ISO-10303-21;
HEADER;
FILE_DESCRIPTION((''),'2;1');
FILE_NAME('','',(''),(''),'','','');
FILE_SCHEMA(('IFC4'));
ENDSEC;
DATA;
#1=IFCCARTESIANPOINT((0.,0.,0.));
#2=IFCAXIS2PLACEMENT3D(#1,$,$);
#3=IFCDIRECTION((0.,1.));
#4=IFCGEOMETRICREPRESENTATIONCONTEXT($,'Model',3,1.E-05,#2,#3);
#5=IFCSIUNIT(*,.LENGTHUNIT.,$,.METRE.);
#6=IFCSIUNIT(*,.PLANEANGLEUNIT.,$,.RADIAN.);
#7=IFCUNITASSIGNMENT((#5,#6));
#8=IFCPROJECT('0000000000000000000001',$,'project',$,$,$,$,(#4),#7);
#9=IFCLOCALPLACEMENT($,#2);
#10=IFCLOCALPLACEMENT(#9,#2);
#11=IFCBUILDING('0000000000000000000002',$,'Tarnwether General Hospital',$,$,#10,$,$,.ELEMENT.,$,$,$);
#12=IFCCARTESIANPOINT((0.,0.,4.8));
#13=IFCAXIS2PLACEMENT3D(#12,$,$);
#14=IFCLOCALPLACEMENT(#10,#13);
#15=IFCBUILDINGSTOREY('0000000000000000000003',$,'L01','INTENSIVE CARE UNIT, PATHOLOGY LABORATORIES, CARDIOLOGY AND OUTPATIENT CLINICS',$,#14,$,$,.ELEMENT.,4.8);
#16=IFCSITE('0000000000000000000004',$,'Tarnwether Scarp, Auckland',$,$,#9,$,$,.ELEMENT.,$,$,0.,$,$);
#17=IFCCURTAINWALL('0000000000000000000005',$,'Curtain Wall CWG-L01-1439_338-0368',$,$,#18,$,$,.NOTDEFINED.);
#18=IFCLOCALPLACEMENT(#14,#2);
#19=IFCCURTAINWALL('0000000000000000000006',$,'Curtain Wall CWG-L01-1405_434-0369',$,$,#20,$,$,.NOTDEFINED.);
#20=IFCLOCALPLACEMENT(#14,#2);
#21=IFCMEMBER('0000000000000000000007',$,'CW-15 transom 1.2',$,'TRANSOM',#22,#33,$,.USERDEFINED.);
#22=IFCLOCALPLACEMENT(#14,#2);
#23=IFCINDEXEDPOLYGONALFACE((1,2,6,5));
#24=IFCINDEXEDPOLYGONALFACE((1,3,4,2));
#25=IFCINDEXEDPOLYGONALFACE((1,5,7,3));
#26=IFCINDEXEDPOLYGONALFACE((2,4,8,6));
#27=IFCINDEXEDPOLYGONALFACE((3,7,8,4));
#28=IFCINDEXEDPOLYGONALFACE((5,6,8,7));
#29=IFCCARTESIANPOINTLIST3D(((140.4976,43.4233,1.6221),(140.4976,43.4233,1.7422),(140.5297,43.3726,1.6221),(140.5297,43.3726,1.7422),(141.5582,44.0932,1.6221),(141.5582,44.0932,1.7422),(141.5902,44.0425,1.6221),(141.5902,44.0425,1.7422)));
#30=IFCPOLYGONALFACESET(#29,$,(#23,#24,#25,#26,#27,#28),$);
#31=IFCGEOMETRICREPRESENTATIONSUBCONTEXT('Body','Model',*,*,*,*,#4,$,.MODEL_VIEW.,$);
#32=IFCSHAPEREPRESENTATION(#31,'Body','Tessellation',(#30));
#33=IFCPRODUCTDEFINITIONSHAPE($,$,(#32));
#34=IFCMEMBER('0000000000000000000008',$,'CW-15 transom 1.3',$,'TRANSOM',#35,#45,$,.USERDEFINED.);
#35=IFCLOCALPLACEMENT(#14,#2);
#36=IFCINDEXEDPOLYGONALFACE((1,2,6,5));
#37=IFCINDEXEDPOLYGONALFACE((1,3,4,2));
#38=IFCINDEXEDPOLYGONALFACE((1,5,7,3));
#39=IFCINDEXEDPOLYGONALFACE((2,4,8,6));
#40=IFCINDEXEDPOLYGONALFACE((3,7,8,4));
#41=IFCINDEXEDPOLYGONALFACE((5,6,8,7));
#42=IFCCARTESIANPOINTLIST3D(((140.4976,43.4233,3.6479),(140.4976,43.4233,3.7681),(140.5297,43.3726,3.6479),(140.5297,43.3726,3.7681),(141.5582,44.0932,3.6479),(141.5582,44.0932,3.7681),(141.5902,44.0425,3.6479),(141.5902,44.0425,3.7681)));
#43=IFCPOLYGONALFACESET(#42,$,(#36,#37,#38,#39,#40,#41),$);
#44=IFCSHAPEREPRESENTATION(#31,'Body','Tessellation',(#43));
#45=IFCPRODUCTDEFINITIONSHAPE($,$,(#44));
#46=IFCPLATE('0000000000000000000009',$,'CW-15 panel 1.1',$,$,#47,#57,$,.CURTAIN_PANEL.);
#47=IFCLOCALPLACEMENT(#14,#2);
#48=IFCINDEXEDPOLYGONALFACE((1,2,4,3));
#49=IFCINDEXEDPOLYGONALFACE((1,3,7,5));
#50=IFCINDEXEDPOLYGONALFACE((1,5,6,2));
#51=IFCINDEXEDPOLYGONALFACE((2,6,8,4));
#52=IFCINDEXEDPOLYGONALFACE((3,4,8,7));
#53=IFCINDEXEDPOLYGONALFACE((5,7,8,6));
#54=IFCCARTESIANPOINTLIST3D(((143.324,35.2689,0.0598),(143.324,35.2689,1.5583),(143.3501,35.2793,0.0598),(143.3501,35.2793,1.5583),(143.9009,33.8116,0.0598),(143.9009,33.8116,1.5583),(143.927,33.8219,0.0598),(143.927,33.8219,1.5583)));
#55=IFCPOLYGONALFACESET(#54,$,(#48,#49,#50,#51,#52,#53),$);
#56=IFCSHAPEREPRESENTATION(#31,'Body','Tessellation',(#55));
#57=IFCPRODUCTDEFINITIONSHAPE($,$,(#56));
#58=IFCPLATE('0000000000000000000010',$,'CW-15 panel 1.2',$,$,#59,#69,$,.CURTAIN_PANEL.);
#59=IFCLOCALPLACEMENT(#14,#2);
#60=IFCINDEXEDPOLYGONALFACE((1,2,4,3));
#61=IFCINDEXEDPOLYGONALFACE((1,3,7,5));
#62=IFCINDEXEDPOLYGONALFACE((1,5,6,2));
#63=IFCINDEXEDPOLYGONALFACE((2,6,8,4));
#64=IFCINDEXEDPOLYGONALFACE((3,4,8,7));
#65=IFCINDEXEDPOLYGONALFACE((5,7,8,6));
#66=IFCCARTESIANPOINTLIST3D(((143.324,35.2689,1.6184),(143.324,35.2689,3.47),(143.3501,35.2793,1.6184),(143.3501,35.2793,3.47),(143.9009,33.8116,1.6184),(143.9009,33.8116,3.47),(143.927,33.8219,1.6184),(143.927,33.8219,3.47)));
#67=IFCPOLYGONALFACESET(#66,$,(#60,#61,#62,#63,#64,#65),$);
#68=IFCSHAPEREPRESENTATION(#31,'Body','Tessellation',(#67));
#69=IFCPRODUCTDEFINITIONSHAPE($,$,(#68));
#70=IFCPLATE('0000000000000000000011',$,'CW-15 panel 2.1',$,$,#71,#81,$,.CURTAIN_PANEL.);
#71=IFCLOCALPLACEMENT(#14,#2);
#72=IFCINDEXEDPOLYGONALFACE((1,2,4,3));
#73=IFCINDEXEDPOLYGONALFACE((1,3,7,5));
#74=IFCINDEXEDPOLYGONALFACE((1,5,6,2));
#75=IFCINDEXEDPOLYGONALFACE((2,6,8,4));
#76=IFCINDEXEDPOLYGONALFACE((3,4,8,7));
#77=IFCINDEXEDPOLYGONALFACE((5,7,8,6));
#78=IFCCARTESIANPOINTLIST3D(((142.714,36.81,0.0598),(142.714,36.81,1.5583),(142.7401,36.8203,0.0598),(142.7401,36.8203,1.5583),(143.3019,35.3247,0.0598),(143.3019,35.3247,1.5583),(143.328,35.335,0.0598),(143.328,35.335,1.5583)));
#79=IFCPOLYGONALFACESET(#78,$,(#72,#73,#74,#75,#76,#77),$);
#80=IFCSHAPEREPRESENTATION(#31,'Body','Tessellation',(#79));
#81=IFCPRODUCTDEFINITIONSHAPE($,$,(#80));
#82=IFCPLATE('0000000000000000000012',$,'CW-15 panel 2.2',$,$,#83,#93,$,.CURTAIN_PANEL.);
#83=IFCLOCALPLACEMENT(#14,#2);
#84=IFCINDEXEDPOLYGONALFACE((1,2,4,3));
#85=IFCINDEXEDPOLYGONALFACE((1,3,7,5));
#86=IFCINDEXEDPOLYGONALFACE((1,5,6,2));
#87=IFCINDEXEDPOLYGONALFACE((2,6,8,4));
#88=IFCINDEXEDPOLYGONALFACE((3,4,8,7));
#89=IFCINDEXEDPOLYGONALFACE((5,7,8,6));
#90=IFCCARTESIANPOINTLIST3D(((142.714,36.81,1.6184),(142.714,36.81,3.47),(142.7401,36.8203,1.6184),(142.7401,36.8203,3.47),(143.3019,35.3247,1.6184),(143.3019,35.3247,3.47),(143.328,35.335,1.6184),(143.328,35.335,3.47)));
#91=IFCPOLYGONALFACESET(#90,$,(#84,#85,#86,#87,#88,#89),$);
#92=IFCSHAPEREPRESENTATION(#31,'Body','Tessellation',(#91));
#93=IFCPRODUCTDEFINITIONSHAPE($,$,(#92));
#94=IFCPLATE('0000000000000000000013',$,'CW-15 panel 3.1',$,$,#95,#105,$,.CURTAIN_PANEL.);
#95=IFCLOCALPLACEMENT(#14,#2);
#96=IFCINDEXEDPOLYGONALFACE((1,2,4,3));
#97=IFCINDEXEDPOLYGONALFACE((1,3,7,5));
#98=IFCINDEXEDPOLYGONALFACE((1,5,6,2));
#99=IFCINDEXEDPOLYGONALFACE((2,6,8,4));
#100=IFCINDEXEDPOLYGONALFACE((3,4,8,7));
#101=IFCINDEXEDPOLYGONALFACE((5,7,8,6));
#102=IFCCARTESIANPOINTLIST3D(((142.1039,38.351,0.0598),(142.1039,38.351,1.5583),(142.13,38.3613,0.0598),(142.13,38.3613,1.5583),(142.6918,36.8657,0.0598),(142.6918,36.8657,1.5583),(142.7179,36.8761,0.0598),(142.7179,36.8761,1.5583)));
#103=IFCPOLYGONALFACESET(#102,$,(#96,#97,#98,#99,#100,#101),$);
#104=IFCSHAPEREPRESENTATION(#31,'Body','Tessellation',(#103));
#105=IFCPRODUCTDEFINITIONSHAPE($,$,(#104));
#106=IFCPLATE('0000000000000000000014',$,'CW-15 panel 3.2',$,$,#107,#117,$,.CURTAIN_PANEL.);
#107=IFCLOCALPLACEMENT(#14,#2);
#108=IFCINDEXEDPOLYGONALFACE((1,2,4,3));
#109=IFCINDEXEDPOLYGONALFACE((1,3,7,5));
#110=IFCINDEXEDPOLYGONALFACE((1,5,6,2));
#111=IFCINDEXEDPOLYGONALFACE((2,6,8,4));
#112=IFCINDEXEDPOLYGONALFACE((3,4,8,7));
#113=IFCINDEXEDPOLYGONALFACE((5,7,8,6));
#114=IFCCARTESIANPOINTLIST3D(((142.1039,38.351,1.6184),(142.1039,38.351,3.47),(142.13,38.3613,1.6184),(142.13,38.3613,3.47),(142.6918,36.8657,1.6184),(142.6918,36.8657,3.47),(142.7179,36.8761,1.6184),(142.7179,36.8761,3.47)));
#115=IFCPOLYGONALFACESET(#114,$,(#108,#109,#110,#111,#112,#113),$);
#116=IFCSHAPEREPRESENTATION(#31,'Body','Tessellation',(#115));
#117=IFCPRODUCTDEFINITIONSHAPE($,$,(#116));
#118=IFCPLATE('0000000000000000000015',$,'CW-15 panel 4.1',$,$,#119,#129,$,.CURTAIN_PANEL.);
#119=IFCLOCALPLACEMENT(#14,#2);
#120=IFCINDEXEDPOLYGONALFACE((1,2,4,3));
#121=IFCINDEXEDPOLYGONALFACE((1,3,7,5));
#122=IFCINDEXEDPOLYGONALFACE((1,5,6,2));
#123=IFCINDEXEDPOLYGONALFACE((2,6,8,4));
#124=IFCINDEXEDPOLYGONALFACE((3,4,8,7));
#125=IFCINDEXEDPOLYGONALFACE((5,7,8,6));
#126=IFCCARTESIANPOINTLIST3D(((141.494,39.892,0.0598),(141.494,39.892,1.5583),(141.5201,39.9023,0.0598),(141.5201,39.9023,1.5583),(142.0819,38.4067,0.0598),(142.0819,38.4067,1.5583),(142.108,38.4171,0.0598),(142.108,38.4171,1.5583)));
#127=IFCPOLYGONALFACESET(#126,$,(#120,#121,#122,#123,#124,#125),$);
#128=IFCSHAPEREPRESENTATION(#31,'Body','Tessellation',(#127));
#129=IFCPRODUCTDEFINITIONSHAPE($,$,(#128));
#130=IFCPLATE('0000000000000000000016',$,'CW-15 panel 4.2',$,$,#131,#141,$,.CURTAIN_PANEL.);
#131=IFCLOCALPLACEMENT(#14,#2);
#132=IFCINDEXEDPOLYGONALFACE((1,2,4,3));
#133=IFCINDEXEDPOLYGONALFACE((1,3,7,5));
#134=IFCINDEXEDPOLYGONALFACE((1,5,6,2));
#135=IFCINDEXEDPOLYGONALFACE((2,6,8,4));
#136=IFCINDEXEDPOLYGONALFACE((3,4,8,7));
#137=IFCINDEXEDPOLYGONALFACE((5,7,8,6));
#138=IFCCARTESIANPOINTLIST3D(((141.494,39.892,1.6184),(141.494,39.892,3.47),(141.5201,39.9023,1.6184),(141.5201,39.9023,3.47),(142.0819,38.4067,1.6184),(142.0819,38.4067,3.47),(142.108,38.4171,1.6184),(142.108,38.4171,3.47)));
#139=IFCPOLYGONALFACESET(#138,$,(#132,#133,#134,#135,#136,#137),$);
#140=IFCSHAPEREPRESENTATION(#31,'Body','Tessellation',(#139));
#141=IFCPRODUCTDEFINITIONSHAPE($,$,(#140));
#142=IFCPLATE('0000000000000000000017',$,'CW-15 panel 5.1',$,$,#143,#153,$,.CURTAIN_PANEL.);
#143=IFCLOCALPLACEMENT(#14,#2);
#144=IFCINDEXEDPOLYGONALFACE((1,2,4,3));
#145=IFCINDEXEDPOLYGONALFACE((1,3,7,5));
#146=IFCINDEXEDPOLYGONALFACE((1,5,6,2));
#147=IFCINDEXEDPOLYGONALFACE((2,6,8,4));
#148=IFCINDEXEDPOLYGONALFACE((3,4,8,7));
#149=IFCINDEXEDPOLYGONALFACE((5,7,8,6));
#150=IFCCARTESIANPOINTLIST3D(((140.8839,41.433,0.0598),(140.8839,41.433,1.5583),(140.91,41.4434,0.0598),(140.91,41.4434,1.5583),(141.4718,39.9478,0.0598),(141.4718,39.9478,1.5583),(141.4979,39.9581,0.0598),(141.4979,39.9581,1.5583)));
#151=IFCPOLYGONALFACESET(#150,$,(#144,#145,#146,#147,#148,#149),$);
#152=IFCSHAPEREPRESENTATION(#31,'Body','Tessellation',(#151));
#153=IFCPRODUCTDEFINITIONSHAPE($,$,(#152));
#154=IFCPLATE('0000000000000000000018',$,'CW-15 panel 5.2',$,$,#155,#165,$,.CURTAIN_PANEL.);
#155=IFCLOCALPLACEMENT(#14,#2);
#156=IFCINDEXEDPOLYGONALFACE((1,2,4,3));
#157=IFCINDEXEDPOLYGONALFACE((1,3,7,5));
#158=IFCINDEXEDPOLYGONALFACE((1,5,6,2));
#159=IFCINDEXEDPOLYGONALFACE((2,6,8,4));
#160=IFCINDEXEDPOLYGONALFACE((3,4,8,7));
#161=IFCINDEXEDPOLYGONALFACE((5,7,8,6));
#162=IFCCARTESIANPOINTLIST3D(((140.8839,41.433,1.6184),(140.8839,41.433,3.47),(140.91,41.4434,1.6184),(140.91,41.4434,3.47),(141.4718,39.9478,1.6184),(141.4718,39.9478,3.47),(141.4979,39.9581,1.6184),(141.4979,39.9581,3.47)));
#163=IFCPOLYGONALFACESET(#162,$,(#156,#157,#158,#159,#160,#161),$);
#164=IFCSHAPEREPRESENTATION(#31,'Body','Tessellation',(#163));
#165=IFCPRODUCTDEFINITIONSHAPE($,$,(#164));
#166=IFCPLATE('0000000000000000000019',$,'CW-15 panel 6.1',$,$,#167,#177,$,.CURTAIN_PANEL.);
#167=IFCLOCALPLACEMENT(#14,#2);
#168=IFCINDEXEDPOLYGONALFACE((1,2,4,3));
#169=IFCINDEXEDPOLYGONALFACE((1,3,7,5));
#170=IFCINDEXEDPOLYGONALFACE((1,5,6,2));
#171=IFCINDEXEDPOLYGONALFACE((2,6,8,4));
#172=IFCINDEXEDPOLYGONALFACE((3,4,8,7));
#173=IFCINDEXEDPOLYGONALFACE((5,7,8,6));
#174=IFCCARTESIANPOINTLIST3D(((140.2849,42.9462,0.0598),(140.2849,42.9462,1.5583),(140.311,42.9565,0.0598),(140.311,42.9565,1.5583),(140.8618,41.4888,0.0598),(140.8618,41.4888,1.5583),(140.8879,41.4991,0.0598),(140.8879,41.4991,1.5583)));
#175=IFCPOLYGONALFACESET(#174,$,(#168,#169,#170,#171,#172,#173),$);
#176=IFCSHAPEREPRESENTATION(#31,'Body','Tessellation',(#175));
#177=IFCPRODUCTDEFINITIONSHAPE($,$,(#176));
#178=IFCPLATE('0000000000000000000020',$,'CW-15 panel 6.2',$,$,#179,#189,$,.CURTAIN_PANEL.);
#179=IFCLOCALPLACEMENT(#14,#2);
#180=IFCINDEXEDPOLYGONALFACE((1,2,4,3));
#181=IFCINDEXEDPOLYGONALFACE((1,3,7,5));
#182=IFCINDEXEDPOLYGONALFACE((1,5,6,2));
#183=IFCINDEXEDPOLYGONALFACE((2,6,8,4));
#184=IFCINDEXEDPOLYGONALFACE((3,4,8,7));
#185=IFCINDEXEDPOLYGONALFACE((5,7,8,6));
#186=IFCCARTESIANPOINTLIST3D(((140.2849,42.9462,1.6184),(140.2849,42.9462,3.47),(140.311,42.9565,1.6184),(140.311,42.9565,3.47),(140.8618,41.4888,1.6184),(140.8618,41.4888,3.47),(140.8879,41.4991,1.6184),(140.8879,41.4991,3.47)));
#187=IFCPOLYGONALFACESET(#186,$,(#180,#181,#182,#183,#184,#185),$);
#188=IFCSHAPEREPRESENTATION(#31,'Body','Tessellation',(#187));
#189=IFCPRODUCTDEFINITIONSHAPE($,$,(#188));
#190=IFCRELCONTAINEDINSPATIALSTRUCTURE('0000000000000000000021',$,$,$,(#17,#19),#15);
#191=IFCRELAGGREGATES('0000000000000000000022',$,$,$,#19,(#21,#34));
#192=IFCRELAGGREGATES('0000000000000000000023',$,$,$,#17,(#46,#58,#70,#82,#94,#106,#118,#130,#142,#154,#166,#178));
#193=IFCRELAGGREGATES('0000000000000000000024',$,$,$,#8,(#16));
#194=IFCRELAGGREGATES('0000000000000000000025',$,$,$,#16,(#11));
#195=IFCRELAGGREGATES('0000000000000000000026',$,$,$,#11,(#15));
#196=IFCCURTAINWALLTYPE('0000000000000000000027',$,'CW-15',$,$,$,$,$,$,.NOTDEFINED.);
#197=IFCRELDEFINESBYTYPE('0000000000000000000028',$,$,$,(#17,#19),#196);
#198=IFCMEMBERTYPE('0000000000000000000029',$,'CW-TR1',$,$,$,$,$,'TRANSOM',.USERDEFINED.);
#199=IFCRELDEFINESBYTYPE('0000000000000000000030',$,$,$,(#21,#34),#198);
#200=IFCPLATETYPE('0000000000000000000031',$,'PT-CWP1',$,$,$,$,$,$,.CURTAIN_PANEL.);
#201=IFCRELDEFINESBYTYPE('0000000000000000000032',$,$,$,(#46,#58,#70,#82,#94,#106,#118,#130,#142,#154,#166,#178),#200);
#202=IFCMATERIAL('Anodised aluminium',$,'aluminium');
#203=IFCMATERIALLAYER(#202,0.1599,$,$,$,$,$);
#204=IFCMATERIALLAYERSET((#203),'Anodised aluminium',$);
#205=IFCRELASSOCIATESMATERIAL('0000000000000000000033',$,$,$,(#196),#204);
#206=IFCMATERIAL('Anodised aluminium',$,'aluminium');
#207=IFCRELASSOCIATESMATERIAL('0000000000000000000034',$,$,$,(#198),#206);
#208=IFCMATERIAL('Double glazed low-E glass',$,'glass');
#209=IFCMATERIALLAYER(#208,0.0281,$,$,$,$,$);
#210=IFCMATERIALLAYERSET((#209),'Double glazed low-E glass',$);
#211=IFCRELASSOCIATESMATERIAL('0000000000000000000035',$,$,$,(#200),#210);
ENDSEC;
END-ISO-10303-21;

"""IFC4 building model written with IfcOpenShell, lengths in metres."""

from ifc_helpers import new_model, si_unit, direction, frame, origin, origin_2d, place, context, subcontext, project, spatial, rectangle, extrude, material, layer, layer_set, material_profile, profile_set, type_object, element, aggregate, save


model = new_model("IFC4")

# Units and contexts
model_context = context("Model", 3, precision=1e-05, world=origin(), true_north=direction((0.0, 1.0)))
body_context = subcontext(model_context, "Body", "Model", "MODEL_VIEW")
ifc_project = project(units=[si_unit("LENGTHUNIT", "METRE"), si_unit("PLANEANGLEUNIT", "RADIAN")], contexts=[model_context])

# Site, building, storey
site_placement = place(None, origin())
site = spatial("IfcSite", under=ifc_project, at=site_placement, Name="Tarnwether Scarp, Auckland", CompositionType="ELEMENT", RefElevation=0.0)
building_placement = place(site_placement, origin())
building = spatial("IfcBuilding", under=site, at=building_placement, Name="Tarnwether General Hospital", CompositionType="ELEMENT")
storey_placement = place(building_placement, frame((0.0, 0.0, 4.8)))
storey = spatial("IfcBuildingStorey", under=building, at=storey_placement, Name="L01", Description="INTENSIVE CARE UNIT, PATHOLOGY LABORATORIES, CARDIOLOGY AND OUTPATIENT CLINICS", CompositionType="ELEMENT", Elevation=4.8)

# Curtain walls, members
ifc_material_1 = material(Name="Anodised aluminium", Category="aluminium")
ifc_layer_1 = layer(ifc_material_1, 0.1599)
ifc_layer_set_1 = layer_set([ifc_layer_1], Name="Anodised aluminium")
curtain_wall_type = type_object("IfcCurtainWallType", Name="CW-15", PredefinedType="NOTDEFINED", material=ifc_layer_set_1)
curtain_wall_1_placement = place(storey_placement, origin())
curtain_wall_1 = element("IfcCurtainWall", 1, at=curtain_wall_1_placement, inside=storey, type_object=curtain_wall_type, Name="Curtain Wall CWG-L01-1439_338-0368", PredefinedType="NOTDEFINED")
ifc_material_2 = material(Name="Anodised aluminium", Category="aluminium")
ifc_material_profile_1 = material_profile(ifc_material_2, rectangle(XDim=0.0601, YDim=0.1201, at=origin_2d()), Name="ALU-TRN-60x120")
ifc_profile_set_1 = profile_set([ifc_material_profile_1], Name="Anodised aluminium")
member_type_1 = type_object("IfcMemberType", Name="CW-TR1", ElementType="TRANSOM", PredefinedType="USERDEFINED", material=ifc_profile_set_1)
curtain_wall_2_placement = place(storey_placement, origin())
curtain_wall_2 = element("IfcCurtainWall", 2, at=curtain_wall_2_placement, inside=storey, type_object=curtain_wall_type, Name="Curtain Wall CWG-L01-1405_434-0369", PredefinedType="NOTDEFINED")
member_1_placement = place(storey_placement, frame((140.5137, 43.3979, 1.6821), z_axis=(0.845452, 0.534052, 0.0), x_axis=(-0.534052, 0.845452, 0.0)))
member_1 = element("IfcMember", 3, at=member_1_placement, type_object=member_type_1, Name="CW-15 transom 1.2", ObjectType="TRANSOM", PredefinedType="USERDEFINED", context=body_context, shape_type="SweptSolid", body=[
    extrude(rectangle(XDim=0.0601, YDim=0.1201, at=origin_2d()), origin(), (0.0, 0.0, 1.0), 1.2544),
])
member_2_placement = place(storey_placement, frame((140.5137, 43.3979, 3.708), z_axis=(0.845452, 0.534052, 0.0), x_axis=(-0.534052, 0.845452, 0.0)))
member_2 = element("IfcMember", 4, at=member_2_placement, type_object=member_type_1, Name="CW-15 transom 1.3", ObjectType="TRANSOM", PredefinedType="USERDEFINED", context=body_context, shape_type="SweptSolid", body=[
    extrude(rectangle(XDim=0.0601, YDim=0.1201, at=origin_2d()), origin(), (0.0, 0.0, 1.0), 1.2544),
])
aggregate(curtain_wall_2, [member_1, member_2])

# Plates
ifc_material_3 = material(Name="Double glazed low-E glass", Category="glass")
ifc_layer_2 = layer(ifc_material_3, 0.0281)
ifc_layer_set_2 = layer_set([ifc_layer_2], Name="Double glazed low-E glass")
plate_type = type_object("IfcPlateType", Name="PT-CWP1", PredefinedType="CURTAIN_PANEL", material=ifc_layer_set_2)
plate_1_placement = place(storey_placement, frame((143.6255, 34.5454, 0.0598), z_axis=(0.0, 0.0, 1.0), x_axis=(-0.368059, 0.929802, 0.0)))
plate_1 = element("IfcPlate", 5, at=plate_1_placement, type_object=plate_type, Name="CW-15 panel 1.1", PredefinedType="CURTAIN_PANEL", context=body_context, shape_type="SweptSolid", body=[
    extrude(rectangle(XDim=1.5674, YDim=0.0281, at=origin_2d()), origin(), (0.0, 0.0, 1.0), 1.4985),
])
plate_2_placement = place(storey_placement, frame((143.6255, 34.5454, 1.6184), z_axis=(0.0, 0.0, 1.0), x_axis=(-0.368059, 0.929802, 0.0)))
plate_2 = element("IfcPlate", 6, at=plate_2_placement, type_object=plate_type, Name="CW-15 panel 1.2", PredefinedType="CURTAIN_PANEL", context=body_context, shape_type="SweptSolid", body=[
    extrude(rectangle(XDim=1.5674, YDim=0.0281, at=origin_2d()), origin(), (0.0, 0.0, 1.0), 1.8516),
])
plate_3_placement = place(storey_placement, frame((143.021, 36.0725, 0.0598), z_axis=(0.0, 0.0, 1.0), x_axis=(-0.368059, 0.929802, 0.0)))
plate_3 = element("IfcPlate", 7, at=plate_3_placement, type_object=plate_type, Name="CW-15 panel 2.1", PredefinedType="CURTAIN_PANEL", context=body_context, shape_type="SweptSolid", body=[
    extrude(rectangle(XDim=1.5974, YDim=0.0281, at=origin_2d()), origin(), (0.0, 0.0, 1.0), 1.4985),
])
plate_4_placement = place(storey_placement, frame((143.021, 36.0725, 1.6184), z_axis=(0.0, 0.0, 1.0), x_axis=(-0.368059, 0.929802, 0.0)))
plate_4 = element("IfcPlate", 8, at=plate_4_placement, type_object=plate_type, Name="CW-15 panel 2.2", PredefinedType="CURTAIN_PANEL", context=body_context, shape_type="SweptSolid", body=[
    extrude(rectangle(XDim=1.5974, YDim=0.0281, at=origin_2d()), origin(), (0.0, 0.0, 1.0), 1.8516),
])
plate_5_placement = place(storey_placement, frame((142.4109, 37.6135, 0.0598), z_axis=(0.0, 0.0, 1.0), x_axis=(-0.368059, 0.929802, 0.0)))
plate_5 = element("IfcPlate", 9, at=plate_5_placement, type_object=plate_type, Name="CW-15 panel 3.1", PredefinedType="CURTAIN_PANEL", context=body_context, shape_type="SweptSolid", body=[
    extrude(rectangle(XDim=1.5974, YDim=0.0281, at=origin_2d()), origin(), (0.0, 0.0, 1.0), 1.4985),
])
plate_6_placement = place(storey_placement, frame((142.4109, 37.6135, 1.6184), z_axis=(0.0, 0.0, 1.0), x_axis=(-0.368059, 0.929802, 0.0)))
plate_6 = element("IfcPlate", 10, at=plate_6_placement, type_object=plate_type, Name="CW-15 panel 3.2", PredefinedType="CURTAIN_PANEL", context=body_context, shape_type="SweptSolid", body=[
    extrude(rectangle(XDim=1.5974, YDim=0.0281, at=origin_2d()), origin(), (0.0, 0.0, 1.0), 1.8516),
])
plate_7_placement = place(storey_placement, frame((141.801, 39.1545, 0.0598), z_axis=(0.0, 0.0, 1.0), x_axis=(-0.368059, 0.929802, 0.0)))
plate_7 = element("IfcPlate", 11, at=plate_7_placement, type_object=plate_type, Name="CW-15 panel 4.1", PredefinedType="CURTAIN_PANEL", context=body_context, shape_type="SweptSolid", body=[
    extrude(rectangle(XDim=1.5974, YDim=0.0281, at=origin_2d()), origin(), (0.0, 0.0, 1.0), 1.4985),
])
plate_8_placement = place(storey_placement, frame((141.801, 39.1545, 1.6184), z_axis=(0.0, 0.0, 1.0), x_axis=(-0.368059, 0.929802, 0.0)))
plate_8 = element("IfcPlate", 12, at=plate_8_placement, type_object=plate_type, Name="CW-15 panel 4.2", PredefinedType="CURTAIN_PANEL", context=body_context, shape_type="SweptSolid", body=[
    extrude(rectangle(XDim=1.5974, YDim=0.0281, at=origin_2d()), origin(), (0.0, 0.0, 1.0), 1.8516),
])
plate_9_placement = place(storey_placement, frame((141.1909, 40.6956, 0.0598), z_axis=(0.0, 0.0, 1.0), x_axis=(-0.368059, 0.929802, 0.0)))
plate_9 = element("IfcPlate", 13, at=plate_9_placement, type_object=plate_type, Name="CW-15 panel 5.1", PredefinedType="CURTAIN_PANEL", context=body_context, shape_type="SweptSolid", body=[
    extrude(rectangle(XDim=1.5974, YDim=0.0281, at=origin_2d()), origin(), (0.0, 0.0, 1.0), 1.4985),
])
plate_10_placement = place(storey_placement, frame((141.1909, 40.6956, 1.6184), z_axis=(0.0, 0.0, 1.0), x_axis=(-0.368059, 0.929802, 0.0)))
plate_10 = element("IfcPlate", 14, at=plate_10_placement, type_object=plate_type, Name="CW-15 panel 5.2", PredefinedType="CURTAIN_PANEL", context=body_context, shape_type="SweptSolid", body=[
    extrude(rectangle(XDim=1.5974, YDim=0.0281, at=origin_2d()), origin(), (0.0, 0.0, 1.0), 1.8516),
])
plate_11_placement = place(storey_placement, frame((140.5864, 42.2227, 0.0598), z_axis=(0.0, 0.0, 1.0), x_axis=(-0.368059, 0.929802, 0.0)))
plate_11 = element("IfcPlate", 15, at=plate_11_placement, type_object=plate_type, Name="CW-15 panel 6.1", PredefinedType="CURTAIN_PANEL", context=body_context, shape_type="SweptSolid", body=[
    extrude(rectangle(XDim=1.5674, YDim=0.0281, at=origin_2d()), origin(), (0.0, 0.0, 1.0), 1.4985),
])
plate_12_placement = place(storey_placement, frame((140.5864, 42.2227, 1.6184), z_axis=(0.0, 0.0, 1.0), x_axis=(-0.368059, 0.929802, 0.0)))
plate_12 = element("IfcPlate", 16, at=plate_12_placement, type_object=plate_type, Name="CW-15 panel 6.2", PredefinedType="CURTAIN_PANEL", context=body_context, shape_type="SweptSolid", body=[
    extrude(rectangle(XDim=1.5674, YDim=0.0281, at=origin_2d()), origin(), (0.0, 0.0, 1.0), 1.8516),
])
aggregate(curtain_wall_1, [plate_1, plate_2, plate_3, plate_4, plate_5, plate_6, plate_7, plate_8, plate_9, plate_10, plate_11, plate_12])

save(model, "model.ifc")
